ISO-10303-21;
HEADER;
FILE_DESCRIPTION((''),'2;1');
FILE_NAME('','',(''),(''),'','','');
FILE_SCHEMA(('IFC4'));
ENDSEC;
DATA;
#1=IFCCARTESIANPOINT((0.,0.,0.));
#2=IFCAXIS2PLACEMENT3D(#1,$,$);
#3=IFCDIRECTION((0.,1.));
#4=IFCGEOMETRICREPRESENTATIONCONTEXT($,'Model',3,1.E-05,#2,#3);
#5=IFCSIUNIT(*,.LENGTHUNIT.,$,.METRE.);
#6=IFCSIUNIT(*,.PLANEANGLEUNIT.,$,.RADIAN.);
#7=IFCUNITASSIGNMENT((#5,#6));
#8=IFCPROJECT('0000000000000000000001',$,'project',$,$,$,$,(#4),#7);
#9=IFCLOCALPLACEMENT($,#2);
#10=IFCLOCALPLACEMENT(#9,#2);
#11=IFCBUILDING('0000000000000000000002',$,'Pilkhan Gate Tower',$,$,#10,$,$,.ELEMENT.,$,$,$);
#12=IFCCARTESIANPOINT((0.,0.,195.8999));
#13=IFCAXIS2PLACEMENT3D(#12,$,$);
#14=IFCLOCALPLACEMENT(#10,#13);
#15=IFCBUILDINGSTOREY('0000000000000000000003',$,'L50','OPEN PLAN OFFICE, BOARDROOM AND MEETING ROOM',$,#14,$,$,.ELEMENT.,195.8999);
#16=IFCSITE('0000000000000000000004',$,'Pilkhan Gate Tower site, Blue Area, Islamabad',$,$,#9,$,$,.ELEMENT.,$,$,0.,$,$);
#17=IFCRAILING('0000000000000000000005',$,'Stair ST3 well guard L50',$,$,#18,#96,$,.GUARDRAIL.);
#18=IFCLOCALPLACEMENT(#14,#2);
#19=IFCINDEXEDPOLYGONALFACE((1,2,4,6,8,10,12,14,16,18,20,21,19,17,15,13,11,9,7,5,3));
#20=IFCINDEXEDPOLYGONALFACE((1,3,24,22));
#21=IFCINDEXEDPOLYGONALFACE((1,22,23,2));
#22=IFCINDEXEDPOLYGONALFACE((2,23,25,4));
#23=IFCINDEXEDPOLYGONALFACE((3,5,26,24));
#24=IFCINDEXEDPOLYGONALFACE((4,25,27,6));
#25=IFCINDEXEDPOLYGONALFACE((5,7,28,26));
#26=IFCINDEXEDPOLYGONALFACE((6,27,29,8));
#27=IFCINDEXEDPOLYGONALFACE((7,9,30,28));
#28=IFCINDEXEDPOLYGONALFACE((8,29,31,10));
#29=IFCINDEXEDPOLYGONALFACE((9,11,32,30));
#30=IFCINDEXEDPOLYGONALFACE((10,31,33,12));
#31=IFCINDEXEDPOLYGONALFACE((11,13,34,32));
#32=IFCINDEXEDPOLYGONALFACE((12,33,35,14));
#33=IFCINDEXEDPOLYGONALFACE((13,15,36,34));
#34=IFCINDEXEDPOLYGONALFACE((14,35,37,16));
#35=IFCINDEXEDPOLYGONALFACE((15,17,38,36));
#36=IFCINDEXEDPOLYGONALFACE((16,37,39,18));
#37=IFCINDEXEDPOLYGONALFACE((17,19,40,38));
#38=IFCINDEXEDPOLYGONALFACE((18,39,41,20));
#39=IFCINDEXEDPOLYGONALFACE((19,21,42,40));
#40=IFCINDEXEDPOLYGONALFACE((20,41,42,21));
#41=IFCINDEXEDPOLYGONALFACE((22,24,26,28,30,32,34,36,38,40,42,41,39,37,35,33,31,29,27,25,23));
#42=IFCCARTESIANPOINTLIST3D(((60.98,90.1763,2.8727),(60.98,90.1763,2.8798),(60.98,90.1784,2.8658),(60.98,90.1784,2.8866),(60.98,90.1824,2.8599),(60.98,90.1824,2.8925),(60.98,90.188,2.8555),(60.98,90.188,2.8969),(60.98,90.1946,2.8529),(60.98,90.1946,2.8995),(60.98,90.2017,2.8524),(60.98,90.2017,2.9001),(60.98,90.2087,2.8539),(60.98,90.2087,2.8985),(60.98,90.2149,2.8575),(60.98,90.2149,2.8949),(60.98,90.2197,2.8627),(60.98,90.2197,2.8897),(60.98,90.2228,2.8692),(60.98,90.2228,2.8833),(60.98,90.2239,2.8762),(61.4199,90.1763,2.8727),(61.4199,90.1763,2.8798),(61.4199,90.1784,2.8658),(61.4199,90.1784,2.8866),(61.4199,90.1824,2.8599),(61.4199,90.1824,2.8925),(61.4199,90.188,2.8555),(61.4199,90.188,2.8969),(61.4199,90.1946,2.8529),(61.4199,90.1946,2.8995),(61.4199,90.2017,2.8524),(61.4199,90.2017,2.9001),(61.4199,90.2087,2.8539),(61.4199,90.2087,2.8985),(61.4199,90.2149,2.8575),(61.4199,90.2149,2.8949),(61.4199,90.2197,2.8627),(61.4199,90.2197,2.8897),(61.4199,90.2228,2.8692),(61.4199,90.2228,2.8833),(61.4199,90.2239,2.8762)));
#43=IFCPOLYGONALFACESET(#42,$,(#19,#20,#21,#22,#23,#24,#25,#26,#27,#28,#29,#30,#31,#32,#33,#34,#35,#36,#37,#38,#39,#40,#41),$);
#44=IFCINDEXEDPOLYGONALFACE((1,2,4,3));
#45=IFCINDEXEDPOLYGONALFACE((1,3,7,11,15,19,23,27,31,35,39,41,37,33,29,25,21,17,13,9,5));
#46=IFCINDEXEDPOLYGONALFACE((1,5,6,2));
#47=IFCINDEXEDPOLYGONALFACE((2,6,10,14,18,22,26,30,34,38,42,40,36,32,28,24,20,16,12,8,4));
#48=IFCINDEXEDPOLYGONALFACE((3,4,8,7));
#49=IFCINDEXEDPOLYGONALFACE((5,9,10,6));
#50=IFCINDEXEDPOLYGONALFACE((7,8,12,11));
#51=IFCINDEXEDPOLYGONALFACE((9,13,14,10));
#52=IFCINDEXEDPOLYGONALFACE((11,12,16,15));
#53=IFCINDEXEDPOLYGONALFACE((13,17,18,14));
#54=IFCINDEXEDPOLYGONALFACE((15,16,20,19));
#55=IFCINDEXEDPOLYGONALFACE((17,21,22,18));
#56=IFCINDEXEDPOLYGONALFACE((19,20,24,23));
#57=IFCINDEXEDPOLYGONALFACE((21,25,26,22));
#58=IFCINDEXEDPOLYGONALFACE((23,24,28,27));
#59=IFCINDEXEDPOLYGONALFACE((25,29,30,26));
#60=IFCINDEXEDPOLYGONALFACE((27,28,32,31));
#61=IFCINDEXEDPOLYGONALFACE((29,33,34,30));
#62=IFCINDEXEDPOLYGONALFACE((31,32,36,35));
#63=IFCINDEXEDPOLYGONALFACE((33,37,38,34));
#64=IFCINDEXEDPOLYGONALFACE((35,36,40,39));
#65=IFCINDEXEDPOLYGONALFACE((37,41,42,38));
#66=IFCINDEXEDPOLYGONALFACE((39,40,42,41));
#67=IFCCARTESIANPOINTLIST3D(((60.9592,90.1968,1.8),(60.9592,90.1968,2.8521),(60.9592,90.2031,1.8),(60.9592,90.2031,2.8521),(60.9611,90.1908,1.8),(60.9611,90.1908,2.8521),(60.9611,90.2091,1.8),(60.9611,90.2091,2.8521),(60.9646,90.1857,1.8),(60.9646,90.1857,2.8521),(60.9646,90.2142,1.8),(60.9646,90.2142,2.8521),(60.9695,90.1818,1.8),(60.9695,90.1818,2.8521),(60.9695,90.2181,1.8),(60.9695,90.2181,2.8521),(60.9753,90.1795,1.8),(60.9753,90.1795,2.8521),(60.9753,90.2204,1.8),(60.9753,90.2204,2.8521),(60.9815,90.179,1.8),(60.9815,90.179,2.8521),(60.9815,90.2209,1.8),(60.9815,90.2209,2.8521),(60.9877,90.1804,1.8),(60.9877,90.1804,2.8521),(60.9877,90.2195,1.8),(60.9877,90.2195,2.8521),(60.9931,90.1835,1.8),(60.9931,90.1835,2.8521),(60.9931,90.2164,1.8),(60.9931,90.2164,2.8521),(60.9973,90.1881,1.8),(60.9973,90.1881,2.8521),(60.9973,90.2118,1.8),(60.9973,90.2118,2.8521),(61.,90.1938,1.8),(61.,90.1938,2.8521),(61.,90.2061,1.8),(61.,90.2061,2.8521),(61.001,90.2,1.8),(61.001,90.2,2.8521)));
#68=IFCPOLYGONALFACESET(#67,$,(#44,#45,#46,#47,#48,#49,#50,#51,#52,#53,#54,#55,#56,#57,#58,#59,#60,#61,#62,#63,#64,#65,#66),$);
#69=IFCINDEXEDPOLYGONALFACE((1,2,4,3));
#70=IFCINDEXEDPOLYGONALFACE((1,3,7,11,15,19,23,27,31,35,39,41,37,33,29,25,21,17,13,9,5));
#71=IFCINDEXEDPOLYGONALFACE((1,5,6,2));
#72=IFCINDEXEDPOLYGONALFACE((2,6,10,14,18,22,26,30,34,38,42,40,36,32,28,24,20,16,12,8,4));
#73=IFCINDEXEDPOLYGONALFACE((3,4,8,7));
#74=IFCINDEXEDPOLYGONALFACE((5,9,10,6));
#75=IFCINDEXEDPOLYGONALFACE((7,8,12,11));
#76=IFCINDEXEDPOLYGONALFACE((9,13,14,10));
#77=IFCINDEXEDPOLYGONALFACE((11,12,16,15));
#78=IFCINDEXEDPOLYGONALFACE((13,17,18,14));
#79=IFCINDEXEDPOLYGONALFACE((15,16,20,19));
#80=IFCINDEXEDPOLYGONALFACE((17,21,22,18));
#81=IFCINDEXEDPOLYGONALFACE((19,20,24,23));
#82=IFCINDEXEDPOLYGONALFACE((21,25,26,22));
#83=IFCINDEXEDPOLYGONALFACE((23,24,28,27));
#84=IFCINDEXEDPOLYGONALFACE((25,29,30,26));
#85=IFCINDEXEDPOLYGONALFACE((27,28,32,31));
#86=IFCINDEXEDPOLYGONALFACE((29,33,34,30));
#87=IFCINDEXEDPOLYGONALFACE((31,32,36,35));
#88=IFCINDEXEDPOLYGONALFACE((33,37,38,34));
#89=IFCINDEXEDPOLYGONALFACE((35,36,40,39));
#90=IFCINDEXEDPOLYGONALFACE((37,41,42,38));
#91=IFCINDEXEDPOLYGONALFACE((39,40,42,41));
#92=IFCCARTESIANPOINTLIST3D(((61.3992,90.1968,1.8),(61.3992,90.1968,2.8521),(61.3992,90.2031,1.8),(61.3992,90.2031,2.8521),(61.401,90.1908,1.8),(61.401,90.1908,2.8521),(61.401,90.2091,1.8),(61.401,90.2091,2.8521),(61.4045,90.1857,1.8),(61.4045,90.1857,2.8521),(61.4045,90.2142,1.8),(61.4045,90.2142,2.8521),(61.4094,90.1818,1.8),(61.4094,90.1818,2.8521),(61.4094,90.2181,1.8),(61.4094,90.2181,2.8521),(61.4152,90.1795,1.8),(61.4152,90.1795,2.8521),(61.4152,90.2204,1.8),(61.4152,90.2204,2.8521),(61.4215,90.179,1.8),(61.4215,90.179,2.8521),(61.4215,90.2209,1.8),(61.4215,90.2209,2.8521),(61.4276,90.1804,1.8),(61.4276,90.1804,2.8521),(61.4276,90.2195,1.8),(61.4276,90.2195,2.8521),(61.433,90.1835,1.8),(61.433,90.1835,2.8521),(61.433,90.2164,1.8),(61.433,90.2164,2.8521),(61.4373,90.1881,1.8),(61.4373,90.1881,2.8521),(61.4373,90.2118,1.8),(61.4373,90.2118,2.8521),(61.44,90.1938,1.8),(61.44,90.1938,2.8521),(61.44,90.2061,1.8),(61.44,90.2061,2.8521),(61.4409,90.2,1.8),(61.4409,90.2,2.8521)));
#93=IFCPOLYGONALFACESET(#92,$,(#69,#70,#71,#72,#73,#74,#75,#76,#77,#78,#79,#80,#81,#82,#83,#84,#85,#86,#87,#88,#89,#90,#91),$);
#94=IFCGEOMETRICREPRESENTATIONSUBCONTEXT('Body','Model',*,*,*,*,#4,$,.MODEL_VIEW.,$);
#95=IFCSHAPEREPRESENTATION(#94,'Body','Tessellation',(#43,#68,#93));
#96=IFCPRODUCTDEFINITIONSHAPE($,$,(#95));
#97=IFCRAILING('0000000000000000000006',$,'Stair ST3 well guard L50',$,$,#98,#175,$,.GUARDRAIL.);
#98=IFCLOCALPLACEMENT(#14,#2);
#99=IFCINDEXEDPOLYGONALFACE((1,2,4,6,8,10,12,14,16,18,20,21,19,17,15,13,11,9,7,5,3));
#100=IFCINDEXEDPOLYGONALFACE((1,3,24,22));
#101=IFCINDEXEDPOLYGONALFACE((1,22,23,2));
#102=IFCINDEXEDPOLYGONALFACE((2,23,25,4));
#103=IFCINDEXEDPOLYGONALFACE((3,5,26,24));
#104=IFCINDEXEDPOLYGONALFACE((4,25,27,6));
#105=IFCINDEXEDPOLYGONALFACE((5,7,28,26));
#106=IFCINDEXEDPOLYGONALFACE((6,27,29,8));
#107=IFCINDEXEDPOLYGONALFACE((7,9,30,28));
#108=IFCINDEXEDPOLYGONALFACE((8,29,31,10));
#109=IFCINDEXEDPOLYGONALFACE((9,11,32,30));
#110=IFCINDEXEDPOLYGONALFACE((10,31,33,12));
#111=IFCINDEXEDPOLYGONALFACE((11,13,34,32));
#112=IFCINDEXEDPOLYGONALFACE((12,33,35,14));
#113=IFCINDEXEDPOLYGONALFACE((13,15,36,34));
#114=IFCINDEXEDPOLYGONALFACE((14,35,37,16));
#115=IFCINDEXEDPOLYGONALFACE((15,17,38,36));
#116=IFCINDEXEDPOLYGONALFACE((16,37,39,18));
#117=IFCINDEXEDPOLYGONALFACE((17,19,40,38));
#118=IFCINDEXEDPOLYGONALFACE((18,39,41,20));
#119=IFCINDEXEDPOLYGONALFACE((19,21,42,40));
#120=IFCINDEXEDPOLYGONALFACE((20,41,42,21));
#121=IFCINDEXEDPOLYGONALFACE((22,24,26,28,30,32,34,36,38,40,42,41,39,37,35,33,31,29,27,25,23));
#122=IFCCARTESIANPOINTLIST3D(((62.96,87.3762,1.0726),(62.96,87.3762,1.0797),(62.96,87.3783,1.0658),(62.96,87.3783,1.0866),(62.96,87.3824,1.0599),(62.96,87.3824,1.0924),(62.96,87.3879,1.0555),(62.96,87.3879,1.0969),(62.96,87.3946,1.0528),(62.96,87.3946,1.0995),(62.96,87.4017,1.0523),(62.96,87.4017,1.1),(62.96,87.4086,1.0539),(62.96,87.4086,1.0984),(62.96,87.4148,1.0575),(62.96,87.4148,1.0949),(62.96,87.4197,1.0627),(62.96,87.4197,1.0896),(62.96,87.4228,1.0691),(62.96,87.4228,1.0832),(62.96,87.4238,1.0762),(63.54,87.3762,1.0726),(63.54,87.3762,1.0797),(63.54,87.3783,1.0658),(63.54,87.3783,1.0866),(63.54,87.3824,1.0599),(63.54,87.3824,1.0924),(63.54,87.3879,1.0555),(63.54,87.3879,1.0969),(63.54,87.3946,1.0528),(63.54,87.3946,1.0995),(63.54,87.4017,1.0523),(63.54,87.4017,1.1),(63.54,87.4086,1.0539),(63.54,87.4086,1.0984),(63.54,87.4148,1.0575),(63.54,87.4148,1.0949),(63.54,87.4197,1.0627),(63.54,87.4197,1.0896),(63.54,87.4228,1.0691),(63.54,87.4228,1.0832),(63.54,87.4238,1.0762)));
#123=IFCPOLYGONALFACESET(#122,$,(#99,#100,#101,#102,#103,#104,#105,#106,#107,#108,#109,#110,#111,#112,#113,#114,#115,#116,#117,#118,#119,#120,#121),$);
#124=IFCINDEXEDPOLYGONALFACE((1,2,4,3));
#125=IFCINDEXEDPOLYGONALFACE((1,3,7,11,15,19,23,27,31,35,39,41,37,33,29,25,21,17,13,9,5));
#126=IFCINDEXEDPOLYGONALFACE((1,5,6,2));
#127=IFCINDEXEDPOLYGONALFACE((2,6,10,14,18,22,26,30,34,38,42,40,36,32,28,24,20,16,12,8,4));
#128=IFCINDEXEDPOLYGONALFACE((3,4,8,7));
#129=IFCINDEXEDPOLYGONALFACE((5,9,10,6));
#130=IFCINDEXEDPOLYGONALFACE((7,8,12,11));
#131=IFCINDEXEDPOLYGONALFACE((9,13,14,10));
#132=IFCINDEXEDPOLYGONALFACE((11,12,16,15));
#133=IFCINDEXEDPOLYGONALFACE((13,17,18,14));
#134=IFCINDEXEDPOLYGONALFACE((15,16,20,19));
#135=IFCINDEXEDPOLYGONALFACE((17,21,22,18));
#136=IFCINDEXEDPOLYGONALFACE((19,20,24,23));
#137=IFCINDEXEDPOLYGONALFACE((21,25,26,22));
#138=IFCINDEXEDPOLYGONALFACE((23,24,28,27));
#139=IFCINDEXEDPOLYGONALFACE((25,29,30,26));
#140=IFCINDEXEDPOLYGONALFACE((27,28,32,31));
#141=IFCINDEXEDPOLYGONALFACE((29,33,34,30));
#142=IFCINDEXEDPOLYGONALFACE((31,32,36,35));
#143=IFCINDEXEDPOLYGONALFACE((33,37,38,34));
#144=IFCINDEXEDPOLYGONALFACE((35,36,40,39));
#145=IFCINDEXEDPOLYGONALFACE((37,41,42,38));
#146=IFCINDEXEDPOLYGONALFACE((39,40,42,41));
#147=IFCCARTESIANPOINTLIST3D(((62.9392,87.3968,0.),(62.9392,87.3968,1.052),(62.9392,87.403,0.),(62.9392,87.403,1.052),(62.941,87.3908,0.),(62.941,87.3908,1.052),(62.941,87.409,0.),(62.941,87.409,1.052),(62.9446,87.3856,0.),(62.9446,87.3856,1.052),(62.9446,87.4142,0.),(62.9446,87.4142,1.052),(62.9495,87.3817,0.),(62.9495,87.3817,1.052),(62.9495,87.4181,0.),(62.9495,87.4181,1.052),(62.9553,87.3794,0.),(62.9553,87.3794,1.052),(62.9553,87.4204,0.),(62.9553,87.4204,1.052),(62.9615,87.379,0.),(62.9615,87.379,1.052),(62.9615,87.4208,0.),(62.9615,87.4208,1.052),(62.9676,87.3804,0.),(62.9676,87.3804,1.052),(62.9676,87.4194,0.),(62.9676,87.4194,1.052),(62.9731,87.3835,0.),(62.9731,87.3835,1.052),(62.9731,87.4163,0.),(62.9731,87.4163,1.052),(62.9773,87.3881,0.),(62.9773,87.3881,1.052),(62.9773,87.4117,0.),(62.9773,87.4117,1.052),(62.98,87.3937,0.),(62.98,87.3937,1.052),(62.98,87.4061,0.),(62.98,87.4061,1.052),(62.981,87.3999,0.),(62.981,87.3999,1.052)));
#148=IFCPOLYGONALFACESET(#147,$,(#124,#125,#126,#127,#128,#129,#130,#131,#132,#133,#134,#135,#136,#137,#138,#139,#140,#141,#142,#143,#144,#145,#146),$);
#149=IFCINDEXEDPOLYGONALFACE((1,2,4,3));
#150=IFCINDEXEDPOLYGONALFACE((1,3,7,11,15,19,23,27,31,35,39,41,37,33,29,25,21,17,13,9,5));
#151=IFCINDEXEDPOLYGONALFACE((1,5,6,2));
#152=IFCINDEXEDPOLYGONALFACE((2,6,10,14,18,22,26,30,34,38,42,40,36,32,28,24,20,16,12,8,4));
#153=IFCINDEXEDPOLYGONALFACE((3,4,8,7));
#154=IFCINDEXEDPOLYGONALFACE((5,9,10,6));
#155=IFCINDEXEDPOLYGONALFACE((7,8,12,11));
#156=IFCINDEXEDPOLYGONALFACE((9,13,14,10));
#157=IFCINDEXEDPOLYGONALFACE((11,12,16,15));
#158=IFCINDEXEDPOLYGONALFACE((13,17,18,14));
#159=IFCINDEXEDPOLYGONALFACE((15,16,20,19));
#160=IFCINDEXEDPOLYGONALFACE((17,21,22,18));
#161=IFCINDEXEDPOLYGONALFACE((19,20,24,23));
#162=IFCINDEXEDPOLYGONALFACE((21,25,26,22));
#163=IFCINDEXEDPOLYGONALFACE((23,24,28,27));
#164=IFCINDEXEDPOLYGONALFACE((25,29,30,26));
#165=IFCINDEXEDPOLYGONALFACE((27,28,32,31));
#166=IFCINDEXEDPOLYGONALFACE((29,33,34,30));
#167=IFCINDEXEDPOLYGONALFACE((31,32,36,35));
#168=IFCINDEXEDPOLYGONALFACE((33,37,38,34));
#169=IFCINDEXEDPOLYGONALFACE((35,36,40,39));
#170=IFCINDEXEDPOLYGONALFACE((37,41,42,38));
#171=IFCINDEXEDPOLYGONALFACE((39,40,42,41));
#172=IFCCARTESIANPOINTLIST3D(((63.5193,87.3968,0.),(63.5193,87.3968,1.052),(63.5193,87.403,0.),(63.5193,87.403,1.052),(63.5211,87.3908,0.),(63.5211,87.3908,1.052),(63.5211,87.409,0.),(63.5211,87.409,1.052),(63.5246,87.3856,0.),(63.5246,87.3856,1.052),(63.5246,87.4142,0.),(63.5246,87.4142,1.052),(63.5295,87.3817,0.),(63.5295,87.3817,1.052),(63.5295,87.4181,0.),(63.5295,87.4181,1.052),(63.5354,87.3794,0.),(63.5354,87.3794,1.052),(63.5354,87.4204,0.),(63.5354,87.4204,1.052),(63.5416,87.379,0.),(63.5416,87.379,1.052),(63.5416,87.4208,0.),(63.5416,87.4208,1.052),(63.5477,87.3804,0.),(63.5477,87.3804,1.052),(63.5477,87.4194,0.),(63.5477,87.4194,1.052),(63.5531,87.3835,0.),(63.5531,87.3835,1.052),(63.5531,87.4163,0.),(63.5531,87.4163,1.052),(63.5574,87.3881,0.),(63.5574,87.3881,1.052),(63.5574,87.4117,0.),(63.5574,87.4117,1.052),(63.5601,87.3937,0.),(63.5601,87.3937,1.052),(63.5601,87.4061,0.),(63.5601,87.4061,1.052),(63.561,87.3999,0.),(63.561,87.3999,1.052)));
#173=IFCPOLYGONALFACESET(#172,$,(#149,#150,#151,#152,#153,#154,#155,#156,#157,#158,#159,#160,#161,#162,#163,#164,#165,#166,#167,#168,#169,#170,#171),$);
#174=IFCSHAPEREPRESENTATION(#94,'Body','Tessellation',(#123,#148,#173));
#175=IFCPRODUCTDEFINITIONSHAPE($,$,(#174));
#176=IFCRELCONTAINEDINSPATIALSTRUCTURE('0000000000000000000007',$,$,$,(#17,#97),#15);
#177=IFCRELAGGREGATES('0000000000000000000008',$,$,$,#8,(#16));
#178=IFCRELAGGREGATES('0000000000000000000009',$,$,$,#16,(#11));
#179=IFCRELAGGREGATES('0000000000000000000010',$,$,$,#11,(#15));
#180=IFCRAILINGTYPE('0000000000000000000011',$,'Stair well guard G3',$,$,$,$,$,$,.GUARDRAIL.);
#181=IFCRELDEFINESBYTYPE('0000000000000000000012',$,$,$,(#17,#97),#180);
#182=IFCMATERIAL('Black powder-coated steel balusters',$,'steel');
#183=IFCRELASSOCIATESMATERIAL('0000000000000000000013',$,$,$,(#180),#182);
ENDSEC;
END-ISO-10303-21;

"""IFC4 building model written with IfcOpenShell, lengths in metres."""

from ifc_helpers import new_model, si_unit, direction, frame, origin, origin_2d, place, context, subcontext, project, spatial, circle, extrude, material, type_object, element, save


model = new_model("IFC4")

# Units and contexts
model_context = context("Model", 3, precision=1e-05, world=origin(), true_north=direction((0.0, 1.0)))
body_context = subcontext(model_context, "Body", "Model", "MODEL_VIEW")
ifc_project = project(units=[si_unit("LENGTHUNIT", "METRE"), si_unit("PLANEANGLEUNIT", "RADIAN")], contexts=[model_context])

# Site, building, storey
site_placement = place(None, origin())
site = spatial("IfcSite", under=ifc_project, at=site_placement, Name="Pilkhan Gate Tower site, Blue Area, Islamabad", CompositionType="ELEMENT", RefElevation=0.0)
building_placement = place(site_placement, origin())
building = spatial("IfcBuilding", under=site, at=building_placement, Name="Pilkhan Gate Tower", CompositionType="ELEMENT")
storey_placement = place(building_placement, frame((0.0, 0.0, 195.8999)))
storey = spatial("IfcBuildingStorey", under=building, at=storey_placement, Name="L50", Description="OPEN PLAN OFFICE, BOARDROOM AND MEETING ROOM", CompositionType="ELEMENT", Elevation=195.8999)

# Railings
ifc_material_1 = material(Name="Black powder-coated steel balusters", Category="steel")
railing_type_1 = type_object("IfcRailingType", Name="Stair well guard G3", PredefinedType="GUARDRAIL", material=ifc_material_1)
railing_1_placement = place(storey_placement, frame((60.98, 90.2, 1.8)))
element("IfcRailing", 1, at=railing_1_placement, inside=storey, type_object=railing_type_1, Name="Stair ST3 well guard L50", PredefinedType="GUARDRAIL", context=body_context, shape_type="SweptSolid", body=[
    extrude(circle(Radius=0.0239, at=origin_2d()), frame((0.0, 0.0, 1.0762), z_axis=(1.0, 0.0, 0.0), x_axis=(0.0, 1.0, 0.0)), (0.0, 0.0, 1.0), 0.4399),
    extrude(circle(Radius=0.021, at=origin_2d()), origin(), (0.0, 0.0, 1.0), 1.052),
    extrude(circle(Radius=0.021, at=origin_2d()), frame((0.4399, 0.0, 0.0)), (0.0, 0.0, 1.0), 1.052),
])
for number, where, name in (
    (2, (62.96, 87.3999, 0.0), "Stair ST3 well guard L50"),
):
    element("IfcRailing", number, at=place(storey_placement, frame(where)), inside=storey, type_object=railing_type_1, Name=name, PredefinedType="GUARDRAIL", context=body_context, shape_type="SweptSolid", body=[
        extrude(circle(Radius=0.0239, at=origin_2d()), frame((0.0, 0.0, 1.0762), z_axis=(1.0, 0.0, 0.0), x_axis=(0.0, 1.0, 0.0)), (0.0, 0.0, 1.0), 0.5801),
        extrude(circle(Radius=0.021, at=origin_2d()), origin(), (0.0, 0.0, 1.0), 1.052),
        extrude(circle(Radius=0.021, at=origin_2d()), frame((0.5801, 0.0, 0.0)), (0.0, 0.0, 1.0), 1.052),
    ])

save(model, "model.ifc")
